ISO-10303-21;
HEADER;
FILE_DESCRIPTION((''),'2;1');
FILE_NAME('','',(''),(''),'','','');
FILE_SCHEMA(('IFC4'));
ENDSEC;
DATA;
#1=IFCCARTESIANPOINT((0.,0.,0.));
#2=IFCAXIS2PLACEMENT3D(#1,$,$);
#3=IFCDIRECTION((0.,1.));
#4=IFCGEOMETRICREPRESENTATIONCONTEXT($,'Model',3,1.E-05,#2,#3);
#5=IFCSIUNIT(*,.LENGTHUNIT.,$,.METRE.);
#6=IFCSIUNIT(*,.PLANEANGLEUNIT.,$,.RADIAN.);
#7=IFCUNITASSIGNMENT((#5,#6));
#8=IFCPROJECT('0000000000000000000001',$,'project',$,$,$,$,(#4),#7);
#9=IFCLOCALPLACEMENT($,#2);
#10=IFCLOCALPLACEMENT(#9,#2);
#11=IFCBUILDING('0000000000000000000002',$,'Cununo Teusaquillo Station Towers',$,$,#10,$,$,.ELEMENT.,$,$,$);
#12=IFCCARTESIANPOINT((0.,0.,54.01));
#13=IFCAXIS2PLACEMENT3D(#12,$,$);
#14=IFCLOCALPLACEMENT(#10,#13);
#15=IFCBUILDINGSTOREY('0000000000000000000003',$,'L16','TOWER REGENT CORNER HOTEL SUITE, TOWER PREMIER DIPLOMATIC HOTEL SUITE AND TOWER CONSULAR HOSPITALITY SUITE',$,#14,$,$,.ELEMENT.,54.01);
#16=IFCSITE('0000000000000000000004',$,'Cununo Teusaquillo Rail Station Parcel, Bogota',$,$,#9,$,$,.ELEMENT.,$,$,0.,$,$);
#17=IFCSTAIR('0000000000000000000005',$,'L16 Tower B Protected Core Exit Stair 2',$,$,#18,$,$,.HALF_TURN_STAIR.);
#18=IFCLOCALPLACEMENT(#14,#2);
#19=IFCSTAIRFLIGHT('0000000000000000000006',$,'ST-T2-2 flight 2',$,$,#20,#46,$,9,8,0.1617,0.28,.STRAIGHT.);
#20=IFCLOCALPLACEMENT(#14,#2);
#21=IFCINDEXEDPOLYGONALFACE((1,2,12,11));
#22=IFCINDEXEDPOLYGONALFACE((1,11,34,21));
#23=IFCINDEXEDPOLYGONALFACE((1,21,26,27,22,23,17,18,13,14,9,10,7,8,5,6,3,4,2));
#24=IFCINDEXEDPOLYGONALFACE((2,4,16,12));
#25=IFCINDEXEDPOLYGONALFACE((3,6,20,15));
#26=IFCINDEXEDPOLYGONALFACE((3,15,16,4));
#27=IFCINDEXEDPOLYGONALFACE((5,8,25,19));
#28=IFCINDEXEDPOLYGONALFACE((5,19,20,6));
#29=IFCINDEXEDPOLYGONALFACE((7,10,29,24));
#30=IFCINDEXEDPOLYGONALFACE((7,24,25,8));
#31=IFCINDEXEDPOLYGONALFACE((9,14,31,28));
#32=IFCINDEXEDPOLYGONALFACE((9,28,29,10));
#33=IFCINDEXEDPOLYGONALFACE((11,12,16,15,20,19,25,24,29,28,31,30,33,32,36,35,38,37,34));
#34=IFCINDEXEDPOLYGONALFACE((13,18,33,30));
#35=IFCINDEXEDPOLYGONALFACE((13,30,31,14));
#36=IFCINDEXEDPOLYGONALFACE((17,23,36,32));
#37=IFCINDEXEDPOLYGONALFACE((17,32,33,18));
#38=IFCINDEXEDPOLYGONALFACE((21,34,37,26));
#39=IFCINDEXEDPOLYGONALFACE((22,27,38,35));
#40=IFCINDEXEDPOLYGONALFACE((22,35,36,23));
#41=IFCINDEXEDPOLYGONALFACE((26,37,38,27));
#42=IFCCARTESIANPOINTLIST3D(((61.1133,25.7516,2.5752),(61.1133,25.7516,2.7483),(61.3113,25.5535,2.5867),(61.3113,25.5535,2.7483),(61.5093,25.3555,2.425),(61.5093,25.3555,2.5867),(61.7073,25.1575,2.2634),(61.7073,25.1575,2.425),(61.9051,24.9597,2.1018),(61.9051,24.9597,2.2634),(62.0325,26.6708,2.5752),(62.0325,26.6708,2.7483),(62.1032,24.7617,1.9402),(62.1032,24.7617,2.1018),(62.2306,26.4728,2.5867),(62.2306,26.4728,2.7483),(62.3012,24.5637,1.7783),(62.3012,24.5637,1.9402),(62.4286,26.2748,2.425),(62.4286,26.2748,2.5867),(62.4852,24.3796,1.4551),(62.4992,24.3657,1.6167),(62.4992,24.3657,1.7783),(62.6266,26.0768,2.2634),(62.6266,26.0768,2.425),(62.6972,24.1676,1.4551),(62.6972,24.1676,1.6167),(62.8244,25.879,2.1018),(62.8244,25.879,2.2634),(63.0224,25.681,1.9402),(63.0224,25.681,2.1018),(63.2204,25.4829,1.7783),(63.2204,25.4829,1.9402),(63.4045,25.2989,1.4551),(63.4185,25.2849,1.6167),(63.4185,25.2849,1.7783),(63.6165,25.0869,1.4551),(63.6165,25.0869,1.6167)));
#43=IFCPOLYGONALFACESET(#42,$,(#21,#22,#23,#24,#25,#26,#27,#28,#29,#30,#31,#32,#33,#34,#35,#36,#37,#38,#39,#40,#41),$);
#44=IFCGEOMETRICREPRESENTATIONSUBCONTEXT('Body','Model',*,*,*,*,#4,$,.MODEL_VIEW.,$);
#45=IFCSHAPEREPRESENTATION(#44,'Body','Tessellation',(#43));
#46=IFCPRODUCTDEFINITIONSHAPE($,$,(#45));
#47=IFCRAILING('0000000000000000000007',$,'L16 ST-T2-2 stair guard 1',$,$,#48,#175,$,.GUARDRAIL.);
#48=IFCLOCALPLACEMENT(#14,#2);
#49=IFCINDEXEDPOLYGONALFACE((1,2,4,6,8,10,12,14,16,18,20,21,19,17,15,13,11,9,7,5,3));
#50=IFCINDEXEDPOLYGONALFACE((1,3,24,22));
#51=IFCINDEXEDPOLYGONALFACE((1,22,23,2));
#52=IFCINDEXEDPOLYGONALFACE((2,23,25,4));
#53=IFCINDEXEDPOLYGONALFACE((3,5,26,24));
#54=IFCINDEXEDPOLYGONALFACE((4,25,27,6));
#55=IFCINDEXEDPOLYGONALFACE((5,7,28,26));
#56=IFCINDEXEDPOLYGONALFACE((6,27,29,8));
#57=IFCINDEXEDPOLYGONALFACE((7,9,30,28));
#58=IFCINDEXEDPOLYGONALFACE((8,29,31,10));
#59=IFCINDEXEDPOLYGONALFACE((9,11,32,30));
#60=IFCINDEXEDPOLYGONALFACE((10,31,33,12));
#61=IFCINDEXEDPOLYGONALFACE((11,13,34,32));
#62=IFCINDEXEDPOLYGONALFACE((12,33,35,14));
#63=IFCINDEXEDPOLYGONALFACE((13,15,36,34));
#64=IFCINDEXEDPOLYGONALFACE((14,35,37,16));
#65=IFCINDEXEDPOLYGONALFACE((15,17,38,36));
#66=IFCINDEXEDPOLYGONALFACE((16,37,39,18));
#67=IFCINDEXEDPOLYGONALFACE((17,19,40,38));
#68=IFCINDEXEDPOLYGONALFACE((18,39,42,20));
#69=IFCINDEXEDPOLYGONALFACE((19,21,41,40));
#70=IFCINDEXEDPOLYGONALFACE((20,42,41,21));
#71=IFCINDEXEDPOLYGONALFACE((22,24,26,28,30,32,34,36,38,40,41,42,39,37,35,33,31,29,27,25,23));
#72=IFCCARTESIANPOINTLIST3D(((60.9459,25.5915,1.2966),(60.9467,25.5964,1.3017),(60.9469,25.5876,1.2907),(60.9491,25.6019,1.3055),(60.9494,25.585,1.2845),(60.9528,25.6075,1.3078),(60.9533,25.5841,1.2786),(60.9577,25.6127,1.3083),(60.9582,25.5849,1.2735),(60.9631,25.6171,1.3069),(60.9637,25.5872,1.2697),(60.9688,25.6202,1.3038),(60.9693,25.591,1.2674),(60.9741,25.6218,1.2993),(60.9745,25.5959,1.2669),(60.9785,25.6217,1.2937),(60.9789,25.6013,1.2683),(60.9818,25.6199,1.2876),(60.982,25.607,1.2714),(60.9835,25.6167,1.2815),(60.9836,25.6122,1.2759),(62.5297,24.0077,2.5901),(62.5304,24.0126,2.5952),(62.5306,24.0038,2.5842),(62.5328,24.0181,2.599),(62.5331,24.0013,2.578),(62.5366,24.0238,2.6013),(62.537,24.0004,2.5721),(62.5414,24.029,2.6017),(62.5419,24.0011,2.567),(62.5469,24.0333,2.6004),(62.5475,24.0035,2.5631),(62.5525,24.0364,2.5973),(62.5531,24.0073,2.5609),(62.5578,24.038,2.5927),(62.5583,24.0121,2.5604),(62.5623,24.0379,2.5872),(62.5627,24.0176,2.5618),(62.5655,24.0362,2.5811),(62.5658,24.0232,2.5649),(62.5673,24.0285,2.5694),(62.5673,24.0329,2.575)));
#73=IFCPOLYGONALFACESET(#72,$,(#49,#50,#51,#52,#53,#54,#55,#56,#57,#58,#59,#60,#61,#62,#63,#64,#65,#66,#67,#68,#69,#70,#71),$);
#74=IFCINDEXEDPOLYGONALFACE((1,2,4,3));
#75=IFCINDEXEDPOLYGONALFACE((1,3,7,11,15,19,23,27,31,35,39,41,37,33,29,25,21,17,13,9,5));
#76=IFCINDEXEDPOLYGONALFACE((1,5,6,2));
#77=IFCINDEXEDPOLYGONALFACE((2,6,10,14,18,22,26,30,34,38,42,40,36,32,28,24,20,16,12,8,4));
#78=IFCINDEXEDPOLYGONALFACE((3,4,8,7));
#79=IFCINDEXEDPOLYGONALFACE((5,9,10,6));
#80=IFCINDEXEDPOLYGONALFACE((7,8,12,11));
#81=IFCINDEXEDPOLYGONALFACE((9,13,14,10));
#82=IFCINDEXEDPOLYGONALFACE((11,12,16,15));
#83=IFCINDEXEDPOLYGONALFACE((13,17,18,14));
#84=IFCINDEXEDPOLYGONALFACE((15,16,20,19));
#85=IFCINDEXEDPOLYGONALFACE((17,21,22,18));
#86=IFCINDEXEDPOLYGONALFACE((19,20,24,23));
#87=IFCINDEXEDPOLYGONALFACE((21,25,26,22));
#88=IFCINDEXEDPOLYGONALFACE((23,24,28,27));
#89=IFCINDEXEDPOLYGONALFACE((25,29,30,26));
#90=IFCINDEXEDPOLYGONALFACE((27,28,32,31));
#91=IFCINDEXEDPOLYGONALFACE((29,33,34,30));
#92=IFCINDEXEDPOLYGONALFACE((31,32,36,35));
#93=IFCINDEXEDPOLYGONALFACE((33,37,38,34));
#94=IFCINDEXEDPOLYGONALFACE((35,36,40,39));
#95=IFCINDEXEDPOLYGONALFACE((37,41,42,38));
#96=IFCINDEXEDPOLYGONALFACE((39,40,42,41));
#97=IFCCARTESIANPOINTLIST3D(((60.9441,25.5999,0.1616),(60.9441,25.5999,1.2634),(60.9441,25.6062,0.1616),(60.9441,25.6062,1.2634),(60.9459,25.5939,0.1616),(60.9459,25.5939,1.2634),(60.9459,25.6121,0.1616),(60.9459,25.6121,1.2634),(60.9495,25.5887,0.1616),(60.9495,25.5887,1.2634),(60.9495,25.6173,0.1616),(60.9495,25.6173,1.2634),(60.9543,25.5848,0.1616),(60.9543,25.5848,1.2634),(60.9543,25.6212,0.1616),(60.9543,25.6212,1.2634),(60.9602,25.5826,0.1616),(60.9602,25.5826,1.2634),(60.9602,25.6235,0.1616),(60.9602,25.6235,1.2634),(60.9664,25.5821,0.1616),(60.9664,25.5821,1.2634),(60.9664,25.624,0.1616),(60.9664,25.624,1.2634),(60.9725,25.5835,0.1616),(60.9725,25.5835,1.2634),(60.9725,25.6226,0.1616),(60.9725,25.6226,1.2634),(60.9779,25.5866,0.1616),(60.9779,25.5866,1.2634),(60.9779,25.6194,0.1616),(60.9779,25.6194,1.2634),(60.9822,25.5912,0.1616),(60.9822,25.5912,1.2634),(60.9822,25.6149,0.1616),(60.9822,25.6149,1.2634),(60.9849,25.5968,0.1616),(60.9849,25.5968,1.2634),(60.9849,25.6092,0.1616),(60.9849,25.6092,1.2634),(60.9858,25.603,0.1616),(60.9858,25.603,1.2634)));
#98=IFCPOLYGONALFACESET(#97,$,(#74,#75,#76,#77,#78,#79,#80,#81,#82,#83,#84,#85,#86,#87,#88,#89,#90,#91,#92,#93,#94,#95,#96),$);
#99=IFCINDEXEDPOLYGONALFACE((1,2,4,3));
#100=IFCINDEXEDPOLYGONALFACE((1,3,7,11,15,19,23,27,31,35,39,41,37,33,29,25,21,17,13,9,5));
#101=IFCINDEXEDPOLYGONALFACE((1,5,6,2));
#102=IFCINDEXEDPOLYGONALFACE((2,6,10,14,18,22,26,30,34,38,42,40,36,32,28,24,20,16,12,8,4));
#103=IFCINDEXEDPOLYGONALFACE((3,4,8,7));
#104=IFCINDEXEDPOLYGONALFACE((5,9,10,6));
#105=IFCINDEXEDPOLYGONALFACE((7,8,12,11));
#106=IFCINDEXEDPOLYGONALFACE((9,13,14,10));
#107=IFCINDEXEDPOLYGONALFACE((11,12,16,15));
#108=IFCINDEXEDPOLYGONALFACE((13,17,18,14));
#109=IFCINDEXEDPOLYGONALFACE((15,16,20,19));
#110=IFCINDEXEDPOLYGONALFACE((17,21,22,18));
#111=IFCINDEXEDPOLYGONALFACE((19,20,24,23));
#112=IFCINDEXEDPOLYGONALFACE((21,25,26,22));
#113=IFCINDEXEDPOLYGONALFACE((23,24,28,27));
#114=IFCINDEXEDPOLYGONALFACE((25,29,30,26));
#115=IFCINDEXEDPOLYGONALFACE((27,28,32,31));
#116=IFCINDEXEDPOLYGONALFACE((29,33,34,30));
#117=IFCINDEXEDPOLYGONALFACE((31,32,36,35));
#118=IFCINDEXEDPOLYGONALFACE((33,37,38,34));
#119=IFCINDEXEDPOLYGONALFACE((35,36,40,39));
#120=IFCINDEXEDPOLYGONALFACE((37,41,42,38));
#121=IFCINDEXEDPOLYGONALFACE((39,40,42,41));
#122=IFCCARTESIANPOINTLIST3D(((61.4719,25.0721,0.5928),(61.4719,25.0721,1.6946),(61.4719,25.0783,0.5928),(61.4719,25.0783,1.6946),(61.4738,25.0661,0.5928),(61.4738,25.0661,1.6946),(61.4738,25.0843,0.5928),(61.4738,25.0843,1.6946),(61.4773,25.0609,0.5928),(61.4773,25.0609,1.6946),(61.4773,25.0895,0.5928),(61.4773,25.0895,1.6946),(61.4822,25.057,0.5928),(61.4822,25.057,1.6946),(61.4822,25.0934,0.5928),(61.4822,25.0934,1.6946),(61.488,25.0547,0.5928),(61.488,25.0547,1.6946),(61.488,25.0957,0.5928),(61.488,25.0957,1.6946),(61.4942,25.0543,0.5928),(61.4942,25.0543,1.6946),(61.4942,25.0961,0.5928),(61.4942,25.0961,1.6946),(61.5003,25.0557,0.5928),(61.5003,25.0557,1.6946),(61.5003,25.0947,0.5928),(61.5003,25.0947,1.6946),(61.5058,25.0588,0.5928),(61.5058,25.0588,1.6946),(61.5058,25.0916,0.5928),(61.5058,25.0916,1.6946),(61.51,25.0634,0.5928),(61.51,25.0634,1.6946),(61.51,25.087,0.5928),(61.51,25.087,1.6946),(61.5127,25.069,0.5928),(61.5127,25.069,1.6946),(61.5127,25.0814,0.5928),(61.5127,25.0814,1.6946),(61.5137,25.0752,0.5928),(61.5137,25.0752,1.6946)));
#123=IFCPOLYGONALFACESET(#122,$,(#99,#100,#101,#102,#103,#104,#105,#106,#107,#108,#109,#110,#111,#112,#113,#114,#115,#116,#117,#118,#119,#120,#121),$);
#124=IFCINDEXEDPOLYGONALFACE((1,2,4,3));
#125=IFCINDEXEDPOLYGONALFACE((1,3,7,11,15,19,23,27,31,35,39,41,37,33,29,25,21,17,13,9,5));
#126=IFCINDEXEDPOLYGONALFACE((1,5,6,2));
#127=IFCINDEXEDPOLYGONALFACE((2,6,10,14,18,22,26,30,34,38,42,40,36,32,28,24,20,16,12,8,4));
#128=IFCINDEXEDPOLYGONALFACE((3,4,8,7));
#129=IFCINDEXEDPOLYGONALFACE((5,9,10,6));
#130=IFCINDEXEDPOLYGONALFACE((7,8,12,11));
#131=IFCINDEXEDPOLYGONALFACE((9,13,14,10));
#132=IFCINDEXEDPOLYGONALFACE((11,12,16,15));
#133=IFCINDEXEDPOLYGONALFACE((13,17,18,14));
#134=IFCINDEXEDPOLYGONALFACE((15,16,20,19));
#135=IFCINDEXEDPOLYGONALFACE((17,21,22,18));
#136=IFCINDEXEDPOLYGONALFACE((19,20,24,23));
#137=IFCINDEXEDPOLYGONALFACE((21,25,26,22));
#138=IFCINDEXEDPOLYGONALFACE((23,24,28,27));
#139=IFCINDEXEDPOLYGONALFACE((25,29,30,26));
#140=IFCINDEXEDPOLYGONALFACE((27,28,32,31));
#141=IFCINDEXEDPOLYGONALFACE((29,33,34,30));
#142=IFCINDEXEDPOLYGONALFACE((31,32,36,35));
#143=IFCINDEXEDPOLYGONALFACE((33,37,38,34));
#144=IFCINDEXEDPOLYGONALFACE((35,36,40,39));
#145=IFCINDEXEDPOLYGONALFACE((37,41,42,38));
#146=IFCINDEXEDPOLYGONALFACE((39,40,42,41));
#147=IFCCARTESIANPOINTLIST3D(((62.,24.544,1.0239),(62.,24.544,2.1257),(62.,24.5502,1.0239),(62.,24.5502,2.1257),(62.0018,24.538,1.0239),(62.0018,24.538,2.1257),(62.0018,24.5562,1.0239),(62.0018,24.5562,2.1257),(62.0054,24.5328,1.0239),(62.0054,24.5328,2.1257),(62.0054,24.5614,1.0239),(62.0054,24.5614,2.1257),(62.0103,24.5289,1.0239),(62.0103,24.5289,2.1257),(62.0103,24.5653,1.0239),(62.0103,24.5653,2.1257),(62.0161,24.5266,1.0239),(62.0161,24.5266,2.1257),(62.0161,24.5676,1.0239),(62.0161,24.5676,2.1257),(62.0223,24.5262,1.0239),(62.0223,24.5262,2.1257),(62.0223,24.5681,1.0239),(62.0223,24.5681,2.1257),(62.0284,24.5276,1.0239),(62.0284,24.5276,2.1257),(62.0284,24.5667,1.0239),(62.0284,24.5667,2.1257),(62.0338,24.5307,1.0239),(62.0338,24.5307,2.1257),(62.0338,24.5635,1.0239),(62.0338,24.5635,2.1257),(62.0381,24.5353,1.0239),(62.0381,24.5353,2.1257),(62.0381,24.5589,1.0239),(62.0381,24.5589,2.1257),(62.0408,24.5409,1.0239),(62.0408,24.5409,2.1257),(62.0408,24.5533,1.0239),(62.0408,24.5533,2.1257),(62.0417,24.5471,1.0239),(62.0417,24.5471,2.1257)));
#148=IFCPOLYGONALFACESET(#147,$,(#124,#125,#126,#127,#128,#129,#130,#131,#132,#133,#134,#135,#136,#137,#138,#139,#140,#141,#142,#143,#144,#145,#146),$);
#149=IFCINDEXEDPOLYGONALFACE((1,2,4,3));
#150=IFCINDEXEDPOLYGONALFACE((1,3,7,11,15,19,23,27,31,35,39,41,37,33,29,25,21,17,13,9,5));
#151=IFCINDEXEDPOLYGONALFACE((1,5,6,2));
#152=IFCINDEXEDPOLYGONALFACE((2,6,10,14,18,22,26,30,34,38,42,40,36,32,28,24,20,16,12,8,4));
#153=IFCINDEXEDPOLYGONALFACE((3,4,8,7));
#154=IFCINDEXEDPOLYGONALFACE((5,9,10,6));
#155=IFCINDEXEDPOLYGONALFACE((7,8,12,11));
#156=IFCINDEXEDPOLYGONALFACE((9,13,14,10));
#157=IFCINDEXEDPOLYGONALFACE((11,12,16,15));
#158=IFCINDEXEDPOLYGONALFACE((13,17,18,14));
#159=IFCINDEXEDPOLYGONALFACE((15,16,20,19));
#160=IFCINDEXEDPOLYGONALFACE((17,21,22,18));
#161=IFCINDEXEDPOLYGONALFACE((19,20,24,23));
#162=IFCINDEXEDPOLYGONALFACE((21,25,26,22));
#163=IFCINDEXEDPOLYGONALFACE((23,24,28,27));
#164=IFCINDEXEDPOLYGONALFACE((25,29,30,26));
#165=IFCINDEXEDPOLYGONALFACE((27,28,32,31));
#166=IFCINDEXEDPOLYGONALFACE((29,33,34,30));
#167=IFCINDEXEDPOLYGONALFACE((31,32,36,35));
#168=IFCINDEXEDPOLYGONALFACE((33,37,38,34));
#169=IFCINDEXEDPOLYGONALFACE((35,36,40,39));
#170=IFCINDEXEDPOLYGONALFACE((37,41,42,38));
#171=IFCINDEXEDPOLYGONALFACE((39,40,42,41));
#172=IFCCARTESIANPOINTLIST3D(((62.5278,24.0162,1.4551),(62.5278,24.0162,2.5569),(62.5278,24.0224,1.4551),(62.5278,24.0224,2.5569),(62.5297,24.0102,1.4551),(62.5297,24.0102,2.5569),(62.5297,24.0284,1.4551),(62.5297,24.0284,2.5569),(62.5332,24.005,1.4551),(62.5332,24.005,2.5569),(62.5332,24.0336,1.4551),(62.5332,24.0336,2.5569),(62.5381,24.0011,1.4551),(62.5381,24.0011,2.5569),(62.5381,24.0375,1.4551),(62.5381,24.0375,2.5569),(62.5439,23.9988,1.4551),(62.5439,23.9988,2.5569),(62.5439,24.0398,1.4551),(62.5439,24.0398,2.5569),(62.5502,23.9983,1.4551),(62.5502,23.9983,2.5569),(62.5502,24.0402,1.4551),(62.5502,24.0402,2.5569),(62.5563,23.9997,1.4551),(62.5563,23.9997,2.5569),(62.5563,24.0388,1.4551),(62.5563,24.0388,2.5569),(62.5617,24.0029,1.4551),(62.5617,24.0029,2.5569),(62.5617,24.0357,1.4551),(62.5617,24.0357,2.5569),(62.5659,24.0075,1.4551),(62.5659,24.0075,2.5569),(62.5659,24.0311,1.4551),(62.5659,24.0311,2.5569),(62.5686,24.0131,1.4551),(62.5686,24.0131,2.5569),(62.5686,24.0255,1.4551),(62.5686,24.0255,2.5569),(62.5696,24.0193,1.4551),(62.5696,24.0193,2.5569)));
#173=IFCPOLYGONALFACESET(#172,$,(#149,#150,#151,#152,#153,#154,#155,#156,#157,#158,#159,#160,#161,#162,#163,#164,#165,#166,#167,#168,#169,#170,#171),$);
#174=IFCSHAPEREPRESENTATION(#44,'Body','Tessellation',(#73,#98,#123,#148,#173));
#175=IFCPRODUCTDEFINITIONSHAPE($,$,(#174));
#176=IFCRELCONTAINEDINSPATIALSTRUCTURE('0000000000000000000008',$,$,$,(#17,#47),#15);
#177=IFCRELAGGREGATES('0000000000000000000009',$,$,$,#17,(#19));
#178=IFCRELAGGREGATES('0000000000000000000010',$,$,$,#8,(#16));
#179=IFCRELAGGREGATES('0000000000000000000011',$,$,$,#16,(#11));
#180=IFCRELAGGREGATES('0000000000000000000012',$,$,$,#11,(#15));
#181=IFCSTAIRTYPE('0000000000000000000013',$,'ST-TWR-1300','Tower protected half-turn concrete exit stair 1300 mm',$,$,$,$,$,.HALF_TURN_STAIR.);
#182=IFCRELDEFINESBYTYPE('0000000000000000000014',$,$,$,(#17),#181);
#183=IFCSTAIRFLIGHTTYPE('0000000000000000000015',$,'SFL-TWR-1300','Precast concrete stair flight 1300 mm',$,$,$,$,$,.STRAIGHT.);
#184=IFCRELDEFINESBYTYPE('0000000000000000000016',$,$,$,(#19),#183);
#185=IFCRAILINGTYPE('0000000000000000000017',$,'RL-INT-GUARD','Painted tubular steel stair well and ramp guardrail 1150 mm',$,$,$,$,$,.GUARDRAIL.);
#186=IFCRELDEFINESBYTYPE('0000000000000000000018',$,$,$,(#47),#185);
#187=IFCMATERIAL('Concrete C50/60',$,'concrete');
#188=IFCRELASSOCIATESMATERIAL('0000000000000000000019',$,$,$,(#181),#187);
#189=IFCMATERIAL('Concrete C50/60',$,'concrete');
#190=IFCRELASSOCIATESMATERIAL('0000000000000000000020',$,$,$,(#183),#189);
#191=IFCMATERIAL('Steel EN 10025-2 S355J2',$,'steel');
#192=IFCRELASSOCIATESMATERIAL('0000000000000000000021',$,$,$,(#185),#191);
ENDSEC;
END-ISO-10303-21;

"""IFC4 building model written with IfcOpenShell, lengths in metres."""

from ifc_helpers import new_model, si_unit, direction, frame, origin, origin_2d, place, context, subcontext, project, spatial, polyline, circle, outline, extrude, material, type_object, element, aggregate, save


model = new_model("IFC4")

# Units and contexts
model_context = context("Model", 3, precision=1e-05, world=origin(), true_north=direction((0.0, 1.0)))
body_context = subcontext(model_context, "Body", "Model", "MODEL_VIEW")
ifc_project = project(units=[si_unit("LENGTHUNIT", "METRE"), si_unit("PLANEANGLEUNIT", "RADIAN")], contexts=[model_context])

# Site, building, storey
site_placement = place(None, origin())
site = spatial("IfcSite", under=ifc_project, at=site_placement, Name="Cununo Teusaquillo Rail Station Parcel, Bogota", CompositionType="ELEMENT", RefElevation=0.0)
building_placement = place(site_placement, origin())
building = spatial("IfcBuilding", under=site, at=building_placement, Name="Cununo Teusaquillo Station Towers", CompositionType="ELEMENT")
storey_placement = place(building_placement, frame((0.0, 0.0, 54.01)))
storey = spatial("IfcBuildingStorey", under=building, at=storey_placement, Name="L16", Description="TOWER REGENT CORNER HOTEL SUITE, TOWER PREMIER DIPLOMATIC HOTEL SUITE AND TOWER CONSULAR HOSPITALITY SUITE", CompositionType="ELEMENT", Elevation=54.01)

# Stair, stair flight
ifc_material_1 = material(Name="Concrete C50/60", Category="concrete")
stair_type = type_object("IfcStairType", Name="ST-TWR-1300", Description="Tower protected half-turn concrete exit stair 1300 mm", PredefinedType="HALF_TURN_STAIR", material=ifc_material_1)
stair_placement = place(storey_placement, origin())
stair = element("IfcStair", 1, at=stair_placement, inside=storey, type_object=stair_type, Name="L16 Tower B Protected Core Exit Stair 2", PredefinedType="HALF_TURN_STAIR")
ifc_material_2 = material(Name="Concrete C50/60", Category="concrete")
stair_flight_type = type_object("IfcStairFlightType", Name="SFL-TWR-1300", Description="Precast concrete stair flight 1300 mm", PredefinedType="STRAIGHT", material=ifc_material_2)
stair_flight_1_placement = place(storey_placement, frame((63.1567, 24.6272, 1.4551), z_axis=(0.0, 0.0, 1.0), x_axis=(-0.707107, 0.707107, 0.0)))
stair_flight_1 = element("IfcStairFlight", 2, at=stair_flight_1_placement, type_object=stair_flight_type, Name="ST-T2-2 flight 2", NumberOfRisers=9, NumberOfTreads=8, PredefinedType="STRAIGHT", RiserHeight=0.1617, TreadLength=0.28, context=body_context, shape_type="SweptSolid", body=[
    extrude(outline(polyline([(0.0, 0.0), (0.0, 0.1616), (0.28, 0.1616), (0.28, 0.3232), (0.5601, 0.3232), (0.5601, 0.4851), (0.8401, 0.4851), (0.8401, 0.6467), (1.1201, 0.6467), (1.1201, 0.8083), (1.3999, 0.8083), (1.3999, 0.97), (1.6799, 0.97), (1.6799, 1.1316), (1.96, 1.1316), (1.96, 1.2932), (2.24, 1.2932), (2.24, 1.4551), (2.24, 1.1201), (0.2998, 0.0), (0.0, 0.0)])), frame((0.0, 0.6499, 0.0), z_axis=(0.0, -1.0, 0.0), x_axis=(1.0, 0.0, 0.0)), (0.0, 0.0, 1.0), 1.3),
])
aggregate(stair, [stair_flight_1])

# Railing
ifc_material_3 = material(Name="Steel EN 10025-2 S355J2", Category="steel")
railing_type_1 = type_object("IfcRailingType", Name="RL-INT-GUARD", Description="Painted tubular steel stair well and ramp guardrail 1150 mm", PredefinedType="GUARDRAIL", material=ifc_material_3)
railing_1_placement = place(storey_placement, frame((60.9648, 25.603, 0.1616)))
element("IfcRailing", 3, at=railing_1_placement, inside=storey, type_object=railing_type_1, Name="L16 ST-T2-2 stair guard 1", PredefinedType="GUARDRAIL", context=body_context, shape_type="SweptSolid", body=[
    extrude(circle(Radius=0.0239, at=origin_2d()), frame((0.0, 0.0, 1.126), z_axis=(0.612332, -0.612332, 0.500098), x_axis=(0.707107, 0.707107, 0.0)), (0.0, 0.0, 1.0), 2.5864),
    extrude(circle(Radius=0.021, at=origin_2d()), origin(), (0.0, 0.0, 1.0), 1.1018),
    extrude(circle(Radius=0.021, at=origin_2d()), frame((0.5278, -0.5278, 0.4312)), (0.0, 0.0, 1.0), 1.1018),
    extrude(circle(Radius=0.021, at=origin_2d()), frame((1.0559, -1.0559, 0.8623)), (0.0, 0.0, 1.0), 1.1018),
    extrude(circle(Radius=0.021, at=origin_2d()), frame((1.5837, -1.5837, 1.2935)), (0.0, 0.0, 1.0), 1.1018),
])

save(model, "model.ifc")
